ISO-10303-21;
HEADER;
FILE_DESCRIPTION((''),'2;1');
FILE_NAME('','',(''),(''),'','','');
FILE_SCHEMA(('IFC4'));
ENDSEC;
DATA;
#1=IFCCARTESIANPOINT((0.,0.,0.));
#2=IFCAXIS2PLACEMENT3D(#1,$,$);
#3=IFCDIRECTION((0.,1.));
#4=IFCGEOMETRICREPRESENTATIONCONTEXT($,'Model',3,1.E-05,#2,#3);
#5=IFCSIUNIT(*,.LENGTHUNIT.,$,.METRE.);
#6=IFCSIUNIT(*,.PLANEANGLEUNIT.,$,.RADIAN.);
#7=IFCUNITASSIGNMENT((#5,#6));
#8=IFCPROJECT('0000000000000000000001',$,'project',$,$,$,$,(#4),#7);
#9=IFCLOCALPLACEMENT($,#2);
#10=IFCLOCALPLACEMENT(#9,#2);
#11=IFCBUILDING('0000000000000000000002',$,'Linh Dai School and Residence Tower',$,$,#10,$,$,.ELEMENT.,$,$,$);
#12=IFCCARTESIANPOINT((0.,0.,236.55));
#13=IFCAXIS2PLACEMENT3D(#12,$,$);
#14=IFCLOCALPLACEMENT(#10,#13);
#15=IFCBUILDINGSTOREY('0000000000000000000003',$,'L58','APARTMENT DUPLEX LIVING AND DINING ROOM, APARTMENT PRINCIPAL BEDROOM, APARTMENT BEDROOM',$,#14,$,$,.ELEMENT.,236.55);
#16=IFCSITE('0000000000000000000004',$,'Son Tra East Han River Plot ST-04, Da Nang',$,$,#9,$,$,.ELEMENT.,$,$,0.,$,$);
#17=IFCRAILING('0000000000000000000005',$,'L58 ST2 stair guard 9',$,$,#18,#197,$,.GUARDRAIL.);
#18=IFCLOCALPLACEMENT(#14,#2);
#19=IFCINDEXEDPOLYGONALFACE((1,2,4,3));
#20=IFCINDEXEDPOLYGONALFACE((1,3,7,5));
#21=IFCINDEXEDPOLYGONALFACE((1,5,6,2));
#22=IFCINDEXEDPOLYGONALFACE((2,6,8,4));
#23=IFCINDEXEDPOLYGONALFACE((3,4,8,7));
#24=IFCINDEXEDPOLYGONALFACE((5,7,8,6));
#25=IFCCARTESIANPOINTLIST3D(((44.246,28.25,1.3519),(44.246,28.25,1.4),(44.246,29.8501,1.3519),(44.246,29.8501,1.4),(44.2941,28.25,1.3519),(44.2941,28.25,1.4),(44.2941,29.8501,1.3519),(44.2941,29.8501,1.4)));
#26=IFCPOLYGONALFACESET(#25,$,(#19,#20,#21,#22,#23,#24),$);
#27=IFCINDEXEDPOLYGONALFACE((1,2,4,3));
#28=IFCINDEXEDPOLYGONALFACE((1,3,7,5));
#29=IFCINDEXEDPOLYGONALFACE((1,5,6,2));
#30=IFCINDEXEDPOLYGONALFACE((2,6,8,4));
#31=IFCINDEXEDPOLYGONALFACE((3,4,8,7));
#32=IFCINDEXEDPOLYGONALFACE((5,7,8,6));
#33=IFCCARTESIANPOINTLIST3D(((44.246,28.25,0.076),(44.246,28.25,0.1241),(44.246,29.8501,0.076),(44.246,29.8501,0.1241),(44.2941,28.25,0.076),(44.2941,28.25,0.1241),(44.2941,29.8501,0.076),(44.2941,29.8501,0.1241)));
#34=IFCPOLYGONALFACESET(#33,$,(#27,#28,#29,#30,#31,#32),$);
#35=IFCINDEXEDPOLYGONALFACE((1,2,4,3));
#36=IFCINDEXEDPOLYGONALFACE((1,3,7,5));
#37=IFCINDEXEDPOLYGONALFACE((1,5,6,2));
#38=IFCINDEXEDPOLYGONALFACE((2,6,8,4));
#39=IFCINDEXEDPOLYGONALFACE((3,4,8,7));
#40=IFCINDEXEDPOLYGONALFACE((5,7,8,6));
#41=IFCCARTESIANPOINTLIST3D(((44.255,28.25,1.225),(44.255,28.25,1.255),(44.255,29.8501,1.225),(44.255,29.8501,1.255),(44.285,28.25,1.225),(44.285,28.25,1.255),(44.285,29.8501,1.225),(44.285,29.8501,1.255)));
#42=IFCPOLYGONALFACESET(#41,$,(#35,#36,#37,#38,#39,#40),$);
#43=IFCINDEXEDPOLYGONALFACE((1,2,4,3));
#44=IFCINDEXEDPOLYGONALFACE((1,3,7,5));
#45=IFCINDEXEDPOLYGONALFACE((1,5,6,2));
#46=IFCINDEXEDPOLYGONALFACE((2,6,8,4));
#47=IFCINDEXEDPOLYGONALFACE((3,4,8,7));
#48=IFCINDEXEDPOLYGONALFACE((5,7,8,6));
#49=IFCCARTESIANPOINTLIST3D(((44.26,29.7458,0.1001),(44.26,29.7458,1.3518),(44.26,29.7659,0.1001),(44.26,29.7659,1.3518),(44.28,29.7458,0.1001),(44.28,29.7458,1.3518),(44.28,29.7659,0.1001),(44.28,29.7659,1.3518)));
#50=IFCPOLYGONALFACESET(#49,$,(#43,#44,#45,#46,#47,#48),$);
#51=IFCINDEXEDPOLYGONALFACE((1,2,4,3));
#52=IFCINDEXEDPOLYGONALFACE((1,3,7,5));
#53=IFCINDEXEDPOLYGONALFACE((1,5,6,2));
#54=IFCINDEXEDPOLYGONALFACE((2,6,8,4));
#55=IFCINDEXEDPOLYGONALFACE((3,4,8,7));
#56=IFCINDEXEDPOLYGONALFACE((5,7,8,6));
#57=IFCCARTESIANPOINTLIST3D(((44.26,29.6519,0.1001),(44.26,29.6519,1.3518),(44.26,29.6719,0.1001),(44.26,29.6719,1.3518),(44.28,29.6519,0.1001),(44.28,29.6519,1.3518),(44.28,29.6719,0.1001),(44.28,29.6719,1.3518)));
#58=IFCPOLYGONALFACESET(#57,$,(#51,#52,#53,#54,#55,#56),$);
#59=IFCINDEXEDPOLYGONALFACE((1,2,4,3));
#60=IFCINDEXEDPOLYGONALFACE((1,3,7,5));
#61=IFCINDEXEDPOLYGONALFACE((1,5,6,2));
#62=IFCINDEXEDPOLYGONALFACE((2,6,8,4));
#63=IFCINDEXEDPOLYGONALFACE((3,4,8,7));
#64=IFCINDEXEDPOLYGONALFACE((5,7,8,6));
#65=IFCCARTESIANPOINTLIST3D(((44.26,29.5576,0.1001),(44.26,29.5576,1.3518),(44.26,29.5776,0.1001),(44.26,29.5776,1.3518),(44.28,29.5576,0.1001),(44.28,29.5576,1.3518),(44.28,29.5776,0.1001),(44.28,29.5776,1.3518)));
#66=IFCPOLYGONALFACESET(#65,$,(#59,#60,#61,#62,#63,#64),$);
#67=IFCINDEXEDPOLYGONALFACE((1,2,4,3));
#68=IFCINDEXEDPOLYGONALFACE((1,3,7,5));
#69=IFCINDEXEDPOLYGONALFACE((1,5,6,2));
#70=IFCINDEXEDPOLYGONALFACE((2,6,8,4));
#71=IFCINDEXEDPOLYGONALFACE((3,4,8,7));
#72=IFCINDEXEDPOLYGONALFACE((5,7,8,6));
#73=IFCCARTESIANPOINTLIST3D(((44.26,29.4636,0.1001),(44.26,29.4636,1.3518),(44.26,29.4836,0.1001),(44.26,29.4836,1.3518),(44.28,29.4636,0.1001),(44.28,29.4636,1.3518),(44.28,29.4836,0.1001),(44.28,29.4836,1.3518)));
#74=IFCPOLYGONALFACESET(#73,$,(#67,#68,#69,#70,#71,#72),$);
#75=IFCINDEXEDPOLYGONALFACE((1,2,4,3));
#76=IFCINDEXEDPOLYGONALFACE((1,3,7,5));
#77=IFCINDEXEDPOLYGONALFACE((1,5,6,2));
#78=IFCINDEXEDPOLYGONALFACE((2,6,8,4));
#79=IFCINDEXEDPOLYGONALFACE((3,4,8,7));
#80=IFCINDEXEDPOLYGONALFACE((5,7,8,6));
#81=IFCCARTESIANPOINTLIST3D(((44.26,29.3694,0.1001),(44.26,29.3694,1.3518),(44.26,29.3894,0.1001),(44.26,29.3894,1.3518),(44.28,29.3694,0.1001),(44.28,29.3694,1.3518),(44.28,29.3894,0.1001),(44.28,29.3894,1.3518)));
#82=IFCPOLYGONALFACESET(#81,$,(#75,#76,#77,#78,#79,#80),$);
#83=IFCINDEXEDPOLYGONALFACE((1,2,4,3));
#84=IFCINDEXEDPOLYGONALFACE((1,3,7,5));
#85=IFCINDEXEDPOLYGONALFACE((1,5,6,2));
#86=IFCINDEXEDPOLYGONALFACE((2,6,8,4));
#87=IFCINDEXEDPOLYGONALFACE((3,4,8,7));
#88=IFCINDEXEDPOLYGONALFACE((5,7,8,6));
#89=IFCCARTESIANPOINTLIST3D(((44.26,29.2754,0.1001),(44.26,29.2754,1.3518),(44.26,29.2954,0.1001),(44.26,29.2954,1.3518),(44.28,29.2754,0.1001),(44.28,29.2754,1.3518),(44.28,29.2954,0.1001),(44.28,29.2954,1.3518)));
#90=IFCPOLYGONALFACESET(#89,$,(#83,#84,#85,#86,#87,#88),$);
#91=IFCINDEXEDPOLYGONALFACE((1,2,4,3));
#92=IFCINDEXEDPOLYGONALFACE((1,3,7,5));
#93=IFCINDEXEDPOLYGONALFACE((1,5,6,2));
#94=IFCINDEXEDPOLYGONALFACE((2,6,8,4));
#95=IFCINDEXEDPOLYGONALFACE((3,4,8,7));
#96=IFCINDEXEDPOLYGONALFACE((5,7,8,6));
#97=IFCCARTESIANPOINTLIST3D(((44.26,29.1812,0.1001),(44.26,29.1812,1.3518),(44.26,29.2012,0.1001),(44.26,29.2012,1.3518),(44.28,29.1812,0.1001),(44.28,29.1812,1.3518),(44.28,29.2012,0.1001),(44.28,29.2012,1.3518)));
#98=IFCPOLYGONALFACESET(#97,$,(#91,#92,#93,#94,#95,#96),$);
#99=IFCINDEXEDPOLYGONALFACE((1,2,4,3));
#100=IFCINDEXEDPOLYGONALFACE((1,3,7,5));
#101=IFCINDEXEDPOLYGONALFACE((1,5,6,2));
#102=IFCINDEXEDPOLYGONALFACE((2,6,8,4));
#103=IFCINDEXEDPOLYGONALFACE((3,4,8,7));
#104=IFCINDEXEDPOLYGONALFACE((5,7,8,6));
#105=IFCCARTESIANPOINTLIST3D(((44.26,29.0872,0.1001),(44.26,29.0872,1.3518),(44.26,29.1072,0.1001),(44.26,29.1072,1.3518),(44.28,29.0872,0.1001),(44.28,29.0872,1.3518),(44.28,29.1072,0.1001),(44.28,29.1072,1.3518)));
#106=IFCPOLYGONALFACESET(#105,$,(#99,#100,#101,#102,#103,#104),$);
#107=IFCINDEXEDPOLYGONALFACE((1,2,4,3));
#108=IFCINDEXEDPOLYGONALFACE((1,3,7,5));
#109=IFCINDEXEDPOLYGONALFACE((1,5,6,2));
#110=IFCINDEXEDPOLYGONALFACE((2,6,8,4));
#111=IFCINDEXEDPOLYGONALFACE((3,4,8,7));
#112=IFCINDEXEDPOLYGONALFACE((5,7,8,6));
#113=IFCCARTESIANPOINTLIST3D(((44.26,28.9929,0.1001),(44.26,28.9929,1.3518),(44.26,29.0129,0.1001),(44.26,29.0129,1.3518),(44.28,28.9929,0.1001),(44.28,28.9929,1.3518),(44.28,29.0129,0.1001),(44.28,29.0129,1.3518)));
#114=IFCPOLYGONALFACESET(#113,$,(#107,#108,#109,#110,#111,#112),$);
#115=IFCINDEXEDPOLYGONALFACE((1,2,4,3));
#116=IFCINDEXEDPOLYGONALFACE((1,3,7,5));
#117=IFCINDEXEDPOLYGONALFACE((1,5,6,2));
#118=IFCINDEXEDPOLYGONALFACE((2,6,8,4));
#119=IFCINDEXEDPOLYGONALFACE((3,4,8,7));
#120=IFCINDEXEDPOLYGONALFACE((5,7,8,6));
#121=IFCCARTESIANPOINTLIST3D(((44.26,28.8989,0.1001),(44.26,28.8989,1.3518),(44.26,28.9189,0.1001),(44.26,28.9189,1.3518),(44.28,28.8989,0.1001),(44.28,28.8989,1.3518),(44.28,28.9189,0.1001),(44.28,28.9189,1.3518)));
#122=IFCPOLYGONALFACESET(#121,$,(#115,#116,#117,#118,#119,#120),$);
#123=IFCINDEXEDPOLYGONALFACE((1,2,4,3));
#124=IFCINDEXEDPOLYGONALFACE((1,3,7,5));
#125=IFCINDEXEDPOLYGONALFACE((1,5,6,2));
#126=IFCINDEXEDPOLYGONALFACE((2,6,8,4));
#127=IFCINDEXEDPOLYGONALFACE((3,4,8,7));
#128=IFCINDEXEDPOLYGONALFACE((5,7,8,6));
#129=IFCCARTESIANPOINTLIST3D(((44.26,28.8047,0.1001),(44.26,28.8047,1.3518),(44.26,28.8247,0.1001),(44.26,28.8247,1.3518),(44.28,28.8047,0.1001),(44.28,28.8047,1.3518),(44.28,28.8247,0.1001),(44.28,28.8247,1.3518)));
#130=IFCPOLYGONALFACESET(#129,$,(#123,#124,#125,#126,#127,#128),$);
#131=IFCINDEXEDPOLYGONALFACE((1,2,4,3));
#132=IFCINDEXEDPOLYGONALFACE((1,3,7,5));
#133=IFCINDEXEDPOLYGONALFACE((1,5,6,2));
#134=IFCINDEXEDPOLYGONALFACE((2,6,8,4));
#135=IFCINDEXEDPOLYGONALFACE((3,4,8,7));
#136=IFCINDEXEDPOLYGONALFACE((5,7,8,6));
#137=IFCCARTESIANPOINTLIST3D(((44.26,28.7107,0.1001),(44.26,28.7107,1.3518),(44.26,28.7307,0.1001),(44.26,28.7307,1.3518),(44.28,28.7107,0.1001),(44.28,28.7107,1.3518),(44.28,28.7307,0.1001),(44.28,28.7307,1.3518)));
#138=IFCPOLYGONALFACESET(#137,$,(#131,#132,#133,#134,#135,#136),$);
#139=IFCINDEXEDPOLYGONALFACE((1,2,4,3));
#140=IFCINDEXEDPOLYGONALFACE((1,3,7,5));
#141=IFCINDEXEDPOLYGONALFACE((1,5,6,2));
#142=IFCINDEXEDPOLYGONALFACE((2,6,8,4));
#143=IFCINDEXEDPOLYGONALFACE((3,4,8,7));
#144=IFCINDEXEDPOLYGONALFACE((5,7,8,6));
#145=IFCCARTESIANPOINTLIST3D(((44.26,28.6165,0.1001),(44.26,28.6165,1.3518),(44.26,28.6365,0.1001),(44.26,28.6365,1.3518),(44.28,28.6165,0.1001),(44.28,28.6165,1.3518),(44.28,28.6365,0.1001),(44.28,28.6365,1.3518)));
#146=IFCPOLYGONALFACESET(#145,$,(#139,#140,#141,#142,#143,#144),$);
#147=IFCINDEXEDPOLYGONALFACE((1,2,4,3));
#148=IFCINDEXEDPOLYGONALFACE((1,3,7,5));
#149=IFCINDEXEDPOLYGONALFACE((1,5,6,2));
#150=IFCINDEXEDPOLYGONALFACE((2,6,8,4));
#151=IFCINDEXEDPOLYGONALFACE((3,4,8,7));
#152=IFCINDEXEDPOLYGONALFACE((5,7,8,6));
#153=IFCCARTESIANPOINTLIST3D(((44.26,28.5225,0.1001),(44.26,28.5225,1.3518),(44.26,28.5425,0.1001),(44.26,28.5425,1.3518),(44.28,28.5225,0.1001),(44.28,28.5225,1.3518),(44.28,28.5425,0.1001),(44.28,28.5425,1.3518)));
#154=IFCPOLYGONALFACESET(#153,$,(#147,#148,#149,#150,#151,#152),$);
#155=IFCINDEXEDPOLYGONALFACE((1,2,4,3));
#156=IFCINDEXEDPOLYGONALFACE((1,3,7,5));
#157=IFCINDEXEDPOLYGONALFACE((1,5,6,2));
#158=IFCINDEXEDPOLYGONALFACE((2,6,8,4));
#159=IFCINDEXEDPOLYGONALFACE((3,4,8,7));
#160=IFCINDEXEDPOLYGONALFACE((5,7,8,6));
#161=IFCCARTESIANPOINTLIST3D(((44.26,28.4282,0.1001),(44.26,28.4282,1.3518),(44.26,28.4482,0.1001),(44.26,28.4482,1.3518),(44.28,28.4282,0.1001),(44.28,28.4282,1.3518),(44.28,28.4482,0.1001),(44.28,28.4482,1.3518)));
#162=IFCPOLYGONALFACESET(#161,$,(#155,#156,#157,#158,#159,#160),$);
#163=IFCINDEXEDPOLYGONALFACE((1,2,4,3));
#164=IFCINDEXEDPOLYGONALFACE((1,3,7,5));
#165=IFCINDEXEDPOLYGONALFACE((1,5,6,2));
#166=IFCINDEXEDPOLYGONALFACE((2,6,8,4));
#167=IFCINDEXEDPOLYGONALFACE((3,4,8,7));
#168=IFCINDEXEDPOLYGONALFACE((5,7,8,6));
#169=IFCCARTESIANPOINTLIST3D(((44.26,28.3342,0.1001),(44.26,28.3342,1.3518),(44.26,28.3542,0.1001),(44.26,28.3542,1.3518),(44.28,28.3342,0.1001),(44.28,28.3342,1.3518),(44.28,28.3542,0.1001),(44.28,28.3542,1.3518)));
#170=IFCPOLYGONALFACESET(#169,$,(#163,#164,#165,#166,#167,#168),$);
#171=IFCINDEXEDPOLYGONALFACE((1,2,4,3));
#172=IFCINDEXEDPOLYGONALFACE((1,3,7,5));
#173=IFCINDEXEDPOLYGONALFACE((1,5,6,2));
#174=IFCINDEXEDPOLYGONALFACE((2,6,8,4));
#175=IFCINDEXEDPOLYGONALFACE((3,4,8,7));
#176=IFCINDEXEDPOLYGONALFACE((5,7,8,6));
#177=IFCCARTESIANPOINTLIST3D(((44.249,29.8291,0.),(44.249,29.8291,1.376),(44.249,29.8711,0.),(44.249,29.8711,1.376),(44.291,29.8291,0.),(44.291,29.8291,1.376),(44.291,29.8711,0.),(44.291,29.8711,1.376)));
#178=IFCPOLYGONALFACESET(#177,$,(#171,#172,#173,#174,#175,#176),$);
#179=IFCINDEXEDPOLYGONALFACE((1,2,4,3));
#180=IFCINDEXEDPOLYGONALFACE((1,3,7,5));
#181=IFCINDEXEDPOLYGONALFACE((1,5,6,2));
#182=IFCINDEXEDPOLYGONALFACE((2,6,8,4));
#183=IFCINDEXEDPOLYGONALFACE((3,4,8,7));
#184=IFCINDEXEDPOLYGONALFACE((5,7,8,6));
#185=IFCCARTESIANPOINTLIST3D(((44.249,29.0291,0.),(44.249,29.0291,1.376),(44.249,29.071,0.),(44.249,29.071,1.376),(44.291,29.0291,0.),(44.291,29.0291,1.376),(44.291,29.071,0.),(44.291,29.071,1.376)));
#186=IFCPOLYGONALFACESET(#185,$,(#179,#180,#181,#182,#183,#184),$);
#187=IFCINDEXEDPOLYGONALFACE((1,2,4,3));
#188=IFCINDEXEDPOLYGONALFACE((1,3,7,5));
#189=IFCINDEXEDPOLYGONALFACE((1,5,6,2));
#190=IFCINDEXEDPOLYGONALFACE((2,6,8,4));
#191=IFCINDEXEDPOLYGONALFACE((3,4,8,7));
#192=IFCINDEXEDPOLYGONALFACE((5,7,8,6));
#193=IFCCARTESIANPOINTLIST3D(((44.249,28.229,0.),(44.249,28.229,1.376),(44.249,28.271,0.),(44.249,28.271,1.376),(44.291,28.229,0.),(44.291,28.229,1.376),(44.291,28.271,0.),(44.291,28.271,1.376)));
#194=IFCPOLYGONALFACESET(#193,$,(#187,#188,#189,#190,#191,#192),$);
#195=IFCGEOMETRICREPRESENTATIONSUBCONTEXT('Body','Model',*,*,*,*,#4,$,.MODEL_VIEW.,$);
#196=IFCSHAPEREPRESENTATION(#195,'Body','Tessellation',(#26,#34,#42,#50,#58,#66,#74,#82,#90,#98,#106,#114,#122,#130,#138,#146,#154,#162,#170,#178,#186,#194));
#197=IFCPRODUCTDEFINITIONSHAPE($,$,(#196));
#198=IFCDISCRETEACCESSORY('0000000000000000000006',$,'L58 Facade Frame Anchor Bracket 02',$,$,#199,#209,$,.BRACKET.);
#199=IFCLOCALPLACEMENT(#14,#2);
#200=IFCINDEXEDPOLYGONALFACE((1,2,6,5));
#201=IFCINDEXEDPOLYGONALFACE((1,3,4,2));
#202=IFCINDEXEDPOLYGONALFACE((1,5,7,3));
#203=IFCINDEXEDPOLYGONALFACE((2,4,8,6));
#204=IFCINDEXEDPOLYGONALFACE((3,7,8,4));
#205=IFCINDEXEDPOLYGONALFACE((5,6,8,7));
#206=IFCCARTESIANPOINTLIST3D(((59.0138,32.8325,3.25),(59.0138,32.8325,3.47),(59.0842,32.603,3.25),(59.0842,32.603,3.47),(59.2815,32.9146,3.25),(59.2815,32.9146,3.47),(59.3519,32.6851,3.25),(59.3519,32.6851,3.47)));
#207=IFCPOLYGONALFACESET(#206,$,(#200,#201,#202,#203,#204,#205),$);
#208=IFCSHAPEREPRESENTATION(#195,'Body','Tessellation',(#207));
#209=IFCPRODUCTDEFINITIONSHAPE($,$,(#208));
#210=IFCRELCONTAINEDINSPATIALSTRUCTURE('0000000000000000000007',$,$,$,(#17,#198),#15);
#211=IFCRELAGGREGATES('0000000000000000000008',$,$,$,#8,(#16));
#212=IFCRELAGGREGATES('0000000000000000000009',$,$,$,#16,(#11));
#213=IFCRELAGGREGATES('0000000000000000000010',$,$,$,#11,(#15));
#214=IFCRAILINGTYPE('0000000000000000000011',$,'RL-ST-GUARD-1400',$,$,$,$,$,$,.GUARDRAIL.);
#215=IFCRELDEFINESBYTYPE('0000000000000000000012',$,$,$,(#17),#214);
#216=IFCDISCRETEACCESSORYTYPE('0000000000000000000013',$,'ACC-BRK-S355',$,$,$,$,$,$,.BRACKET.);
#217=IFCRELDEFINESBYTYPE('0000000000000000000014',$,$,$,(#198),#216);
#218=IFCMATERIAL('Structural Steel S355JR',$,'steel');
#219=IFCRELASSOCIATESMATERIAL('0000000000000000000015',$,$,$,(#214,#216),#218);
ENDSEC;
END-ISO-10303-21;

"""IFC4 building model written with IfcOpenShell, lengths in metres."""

from ifc_helpers import new_model, si_unit, direction, frame, origin, origin_2d, place, context, subcontext, project, spatial, rectangle, extrude, source, transform, mapped, material, type_object, element, save


model = new_model("IFC4")

# Units and contexts
model_context = context("Model", 3, precision=1e-05, world=origin(), true_north=direction((0.0, 1.0)))
body_context = subcontext(model_context, "Body", "Model", "MODEL_VIEW")
ifc_project = project(units=[si_unit("LENGTHUNIT", "METRE"), si_unit("PLANEANGLEUNIT", "RADIAN")], contexts=[model_context])

# Site, building, storey
site_placement = place(None, origin())
site = spatial("IfcSite", under=ifc_project, at=site_placement, Name="Son Tra East Han River Plot ST-04, Da Nang", CompositionType="ELEMENT", RefElevation=0.0)
building_placement = place(site_placement, origin())
building = spatial("IfcBuilding", under=site, at=building_placement, Name="Linh Dai School and Residence Tower", CompositionType="ELEMENT")
storey_placement = place(building_placement, frame((0.0, 0.0, 236.55)))
storey = spatial("IfcBuildingStorey", under=building, at=storey_placement, Name="L58", Description="APARTMENT DUPLEX LIVING AND DINING ROOM, APARTMENT PRINCIPAL BEDROOM, APARTMENT BEDROOM", CompositionType="ELEMENT", Elevation=236.55)

# Shared definitions
ifc_material_1 = material(Name="Structural Steel S355JR", Category="steel")

# Railing
railing_type = type_object("IfcRailingType", Name="RL-ST-GUARD-1400", PredefinedType="GUARDRAIL", material=ifc_material_1)
shared_shape_1 = source(origin(), body_context, "Body", "SweptSolid", [
    extrude(rectangle(XDim=0.0481, YDim=0.0481, at=origin_2d()), frame((0.0, 0.0, 1.376), z_axis=(0.0, -1.0, 0.0), x_axis=(1.0, 0.0, 0.0)), (0.0, 0.0, 1.0), 1.6001),
    extrude(rectangle(XDim=0.0481, YDim=0.0481, at=origin_2d()), frame((0.0, 0.0, 0.1001), z_axis=(0.0, -1.0, 0.0), x_axis=(1.0, 0.0, 0.0)), (0.0, 0.0, 1.0), 1.6001),
    extrude(rectangle(XDim=0.03, YDim=0.03, at=origin_2d()), frame((0.0, 0.0, 1.24), z_axis=(0.0, -1.0, 0.0), x_axis=(1.0, 0.0, 0.0)), (0.0, 0.0, 1.0), 1.6001),
    extrude(rectangle(XDim=0.02, YDim=0.02, at=origin_2d()), frame((0.0, -0.0942, 0.1001)), (0.0, 0.0, 1.0), 1.2517),
    extrude(rectangle(XDim=0.02, YDim=0.02, at=origin_2d()), frame((0.0, -0.1882, 0.1001)), (0.0, 0.0, 1.0), 1.2517),
    extrude(rectangle(XDim=0.02, YDim=0.02, at=origin_2d()), frame((0.0, -0.2825, 0.1001)), (0.0, 0.0, 1.0), 1.2517),
    extrude(rectangle(XDim=0.02, YDim=0.02, at=origin_2d()), frame((0.0, -0.3765, 0.1001)), (0.0, 0.0, 1.0), 1.2517),
    extrude(rectangle(XDim=0.02, YDim=0.02, at=origin_2d()), frame((0.0, -0.4707, 0.1001)), (0.0, 0.0, 1.0), 1.2517),
    extrude(rectangle(XDim=0.02, YDim=0.02, at=origin_2d()), frame((0.0, -0.5647, 0.1001)), (0.0, 0.0, 1.0), 1.2517),
    extrude(rectangle(XDim=0.02, YDim=0.02, at=origin_2d()), frame((0.0, -0.6589, 0.1001)), (0.0, 0.0, 1.0), 1.2517),
    extrude(rectangle(XDim=0.02, YDim=0.02, at=origin_2d()), frame((0.0, -0.7529, 0.1001)), (0.0, 0.0, 1.0), 1.2517),
    extrude(rectangle(XDim=0.02, YDim=0.02, at=origin_2d()), frame((0.0, -0.8472, 0.1001)), (0.0, 0.0, 1.0), 1.2517),
    extrude(rectangle(XDim=0.02, YDim=0.02, at=origin_2d()), frame((0.0, -0.9412, 0.1001)), (0.0, 0.0, 1.0), 1.2517),
    extrude(rectangle(XDim=0.02, YDim=0.02, at=origin_2d()), frame((0.0, -1.0354, 0.1001)), (0.0, 0.0, 1.0), 1.2517),
    extrude(rectangle(XDim=0.02, YDim=0.02, at=origin_2d()), frame((0.0, -1.1294, 0.1001)), (0.0, 0.0, 1.0), 1.2517),
    extrude(rectangle(XDim=0.02, YDim=0.02, at=origin_2d()), frame((0.0, -1.2236, 0.1001)), (0.0, 0.0, 1.0), 1.2517),
    extrude(rectangle(XDim=0.02, YDim=0.02, at=origin_2d()), frame((0.0, -1.3176, 0.1001)), (0.0, 0.0, 1.0), 1.2517),
    extrude(rectangle(XDim=0.02, YDim=0.02, at=origin_2d()), frame((0.0, -1.4119, 0.1001)), (0.0, 0.0, 1.0), 1.2517),
    extrude(rectangle(XDim=0.02, YDim=0.02, at=origin_2d()), frame((0.0, -1.5059, 0.1001)), (0.0, 0.0, 1.0), 1.2517),
    extrude(rectangle(XDim=0.042, YDim=0.042, at=origin_2d()), origin(), (0.0, 0.0, 1.0), 1.376),
    extrude(rectangle(XDim=0.042, YDim=0.042, at=origin_2d()), frame((0.0, -0.8, 0.0)), (0.0, 0.0, 1.0), 1.376),
    extrude(rectangle(XDim=0.042, YDim=0.042, at=origin_2d()), frame((0.0, -1.6001, 0.0)), (0.0, 0.0, 1.0), 1.376),
])
railing_1_placement = place(storey_placement, frame((44.27, 29.8501, 0.0)))
element("IfcRailing", 1, at=railing_1_placement, inside=storey, type_object=railing_type, Name="L58 ST2 stair guard 9", PredefinedType="GUARDRAIL", context=body_context, shape_type="MappedRepresentation", body=[
    mapped(shared_shape_1, transform((0.0, 0.0, 0.0), x_axis=(1.0, 0.0, 0.0), y_axis=(0.0, 1.0, 0.0), z_axis=(0.0, 0.0, 1.0), scale=1.0)),
])

# Discrete accessory
discrete_accessory_type = type_object("IfcDiscreteAccessoryType", Name="ACC-BRK-S355", PredefinedType="BRACKET", material=ifc_material_1)
shared_shape_2 = source(origin(), body_context, "Body", "SweptSolid", [
    extrude(rectangle(XDim=0.28, YDim=0.24, at=origin_2d()), origin(), (0.0, 0.0, 1.0), 0.22),
])
discrete_accessory_placement = place(storey_placement, frame((59.1829, 32.7588, 3.25), z_axis=(0.0, 0.0, 1.0), x_axis=(0.956064, 0.293157, 0.0)))
element("IfcDiscreteAccessory", 2, at=discrete_accessory_placement, inside=storey, type_object=discrete_accessory_type, Name="L58 Facade Frame Anchor Bracket 02", PredefinedType="BRACKET", context=body_context, shape_type="MappedRepresentation", body=[
    mapped(shared_shape_2, transform((0.0, 0.0, 0.0), x_axis=(1.0, 0.0, 0.0), y_axis=(0.0, 1.0, 0.0), z_axis=(0.0, 0.0, 1.0), scale=1.0)),
])

save(model, "model.ifc")
